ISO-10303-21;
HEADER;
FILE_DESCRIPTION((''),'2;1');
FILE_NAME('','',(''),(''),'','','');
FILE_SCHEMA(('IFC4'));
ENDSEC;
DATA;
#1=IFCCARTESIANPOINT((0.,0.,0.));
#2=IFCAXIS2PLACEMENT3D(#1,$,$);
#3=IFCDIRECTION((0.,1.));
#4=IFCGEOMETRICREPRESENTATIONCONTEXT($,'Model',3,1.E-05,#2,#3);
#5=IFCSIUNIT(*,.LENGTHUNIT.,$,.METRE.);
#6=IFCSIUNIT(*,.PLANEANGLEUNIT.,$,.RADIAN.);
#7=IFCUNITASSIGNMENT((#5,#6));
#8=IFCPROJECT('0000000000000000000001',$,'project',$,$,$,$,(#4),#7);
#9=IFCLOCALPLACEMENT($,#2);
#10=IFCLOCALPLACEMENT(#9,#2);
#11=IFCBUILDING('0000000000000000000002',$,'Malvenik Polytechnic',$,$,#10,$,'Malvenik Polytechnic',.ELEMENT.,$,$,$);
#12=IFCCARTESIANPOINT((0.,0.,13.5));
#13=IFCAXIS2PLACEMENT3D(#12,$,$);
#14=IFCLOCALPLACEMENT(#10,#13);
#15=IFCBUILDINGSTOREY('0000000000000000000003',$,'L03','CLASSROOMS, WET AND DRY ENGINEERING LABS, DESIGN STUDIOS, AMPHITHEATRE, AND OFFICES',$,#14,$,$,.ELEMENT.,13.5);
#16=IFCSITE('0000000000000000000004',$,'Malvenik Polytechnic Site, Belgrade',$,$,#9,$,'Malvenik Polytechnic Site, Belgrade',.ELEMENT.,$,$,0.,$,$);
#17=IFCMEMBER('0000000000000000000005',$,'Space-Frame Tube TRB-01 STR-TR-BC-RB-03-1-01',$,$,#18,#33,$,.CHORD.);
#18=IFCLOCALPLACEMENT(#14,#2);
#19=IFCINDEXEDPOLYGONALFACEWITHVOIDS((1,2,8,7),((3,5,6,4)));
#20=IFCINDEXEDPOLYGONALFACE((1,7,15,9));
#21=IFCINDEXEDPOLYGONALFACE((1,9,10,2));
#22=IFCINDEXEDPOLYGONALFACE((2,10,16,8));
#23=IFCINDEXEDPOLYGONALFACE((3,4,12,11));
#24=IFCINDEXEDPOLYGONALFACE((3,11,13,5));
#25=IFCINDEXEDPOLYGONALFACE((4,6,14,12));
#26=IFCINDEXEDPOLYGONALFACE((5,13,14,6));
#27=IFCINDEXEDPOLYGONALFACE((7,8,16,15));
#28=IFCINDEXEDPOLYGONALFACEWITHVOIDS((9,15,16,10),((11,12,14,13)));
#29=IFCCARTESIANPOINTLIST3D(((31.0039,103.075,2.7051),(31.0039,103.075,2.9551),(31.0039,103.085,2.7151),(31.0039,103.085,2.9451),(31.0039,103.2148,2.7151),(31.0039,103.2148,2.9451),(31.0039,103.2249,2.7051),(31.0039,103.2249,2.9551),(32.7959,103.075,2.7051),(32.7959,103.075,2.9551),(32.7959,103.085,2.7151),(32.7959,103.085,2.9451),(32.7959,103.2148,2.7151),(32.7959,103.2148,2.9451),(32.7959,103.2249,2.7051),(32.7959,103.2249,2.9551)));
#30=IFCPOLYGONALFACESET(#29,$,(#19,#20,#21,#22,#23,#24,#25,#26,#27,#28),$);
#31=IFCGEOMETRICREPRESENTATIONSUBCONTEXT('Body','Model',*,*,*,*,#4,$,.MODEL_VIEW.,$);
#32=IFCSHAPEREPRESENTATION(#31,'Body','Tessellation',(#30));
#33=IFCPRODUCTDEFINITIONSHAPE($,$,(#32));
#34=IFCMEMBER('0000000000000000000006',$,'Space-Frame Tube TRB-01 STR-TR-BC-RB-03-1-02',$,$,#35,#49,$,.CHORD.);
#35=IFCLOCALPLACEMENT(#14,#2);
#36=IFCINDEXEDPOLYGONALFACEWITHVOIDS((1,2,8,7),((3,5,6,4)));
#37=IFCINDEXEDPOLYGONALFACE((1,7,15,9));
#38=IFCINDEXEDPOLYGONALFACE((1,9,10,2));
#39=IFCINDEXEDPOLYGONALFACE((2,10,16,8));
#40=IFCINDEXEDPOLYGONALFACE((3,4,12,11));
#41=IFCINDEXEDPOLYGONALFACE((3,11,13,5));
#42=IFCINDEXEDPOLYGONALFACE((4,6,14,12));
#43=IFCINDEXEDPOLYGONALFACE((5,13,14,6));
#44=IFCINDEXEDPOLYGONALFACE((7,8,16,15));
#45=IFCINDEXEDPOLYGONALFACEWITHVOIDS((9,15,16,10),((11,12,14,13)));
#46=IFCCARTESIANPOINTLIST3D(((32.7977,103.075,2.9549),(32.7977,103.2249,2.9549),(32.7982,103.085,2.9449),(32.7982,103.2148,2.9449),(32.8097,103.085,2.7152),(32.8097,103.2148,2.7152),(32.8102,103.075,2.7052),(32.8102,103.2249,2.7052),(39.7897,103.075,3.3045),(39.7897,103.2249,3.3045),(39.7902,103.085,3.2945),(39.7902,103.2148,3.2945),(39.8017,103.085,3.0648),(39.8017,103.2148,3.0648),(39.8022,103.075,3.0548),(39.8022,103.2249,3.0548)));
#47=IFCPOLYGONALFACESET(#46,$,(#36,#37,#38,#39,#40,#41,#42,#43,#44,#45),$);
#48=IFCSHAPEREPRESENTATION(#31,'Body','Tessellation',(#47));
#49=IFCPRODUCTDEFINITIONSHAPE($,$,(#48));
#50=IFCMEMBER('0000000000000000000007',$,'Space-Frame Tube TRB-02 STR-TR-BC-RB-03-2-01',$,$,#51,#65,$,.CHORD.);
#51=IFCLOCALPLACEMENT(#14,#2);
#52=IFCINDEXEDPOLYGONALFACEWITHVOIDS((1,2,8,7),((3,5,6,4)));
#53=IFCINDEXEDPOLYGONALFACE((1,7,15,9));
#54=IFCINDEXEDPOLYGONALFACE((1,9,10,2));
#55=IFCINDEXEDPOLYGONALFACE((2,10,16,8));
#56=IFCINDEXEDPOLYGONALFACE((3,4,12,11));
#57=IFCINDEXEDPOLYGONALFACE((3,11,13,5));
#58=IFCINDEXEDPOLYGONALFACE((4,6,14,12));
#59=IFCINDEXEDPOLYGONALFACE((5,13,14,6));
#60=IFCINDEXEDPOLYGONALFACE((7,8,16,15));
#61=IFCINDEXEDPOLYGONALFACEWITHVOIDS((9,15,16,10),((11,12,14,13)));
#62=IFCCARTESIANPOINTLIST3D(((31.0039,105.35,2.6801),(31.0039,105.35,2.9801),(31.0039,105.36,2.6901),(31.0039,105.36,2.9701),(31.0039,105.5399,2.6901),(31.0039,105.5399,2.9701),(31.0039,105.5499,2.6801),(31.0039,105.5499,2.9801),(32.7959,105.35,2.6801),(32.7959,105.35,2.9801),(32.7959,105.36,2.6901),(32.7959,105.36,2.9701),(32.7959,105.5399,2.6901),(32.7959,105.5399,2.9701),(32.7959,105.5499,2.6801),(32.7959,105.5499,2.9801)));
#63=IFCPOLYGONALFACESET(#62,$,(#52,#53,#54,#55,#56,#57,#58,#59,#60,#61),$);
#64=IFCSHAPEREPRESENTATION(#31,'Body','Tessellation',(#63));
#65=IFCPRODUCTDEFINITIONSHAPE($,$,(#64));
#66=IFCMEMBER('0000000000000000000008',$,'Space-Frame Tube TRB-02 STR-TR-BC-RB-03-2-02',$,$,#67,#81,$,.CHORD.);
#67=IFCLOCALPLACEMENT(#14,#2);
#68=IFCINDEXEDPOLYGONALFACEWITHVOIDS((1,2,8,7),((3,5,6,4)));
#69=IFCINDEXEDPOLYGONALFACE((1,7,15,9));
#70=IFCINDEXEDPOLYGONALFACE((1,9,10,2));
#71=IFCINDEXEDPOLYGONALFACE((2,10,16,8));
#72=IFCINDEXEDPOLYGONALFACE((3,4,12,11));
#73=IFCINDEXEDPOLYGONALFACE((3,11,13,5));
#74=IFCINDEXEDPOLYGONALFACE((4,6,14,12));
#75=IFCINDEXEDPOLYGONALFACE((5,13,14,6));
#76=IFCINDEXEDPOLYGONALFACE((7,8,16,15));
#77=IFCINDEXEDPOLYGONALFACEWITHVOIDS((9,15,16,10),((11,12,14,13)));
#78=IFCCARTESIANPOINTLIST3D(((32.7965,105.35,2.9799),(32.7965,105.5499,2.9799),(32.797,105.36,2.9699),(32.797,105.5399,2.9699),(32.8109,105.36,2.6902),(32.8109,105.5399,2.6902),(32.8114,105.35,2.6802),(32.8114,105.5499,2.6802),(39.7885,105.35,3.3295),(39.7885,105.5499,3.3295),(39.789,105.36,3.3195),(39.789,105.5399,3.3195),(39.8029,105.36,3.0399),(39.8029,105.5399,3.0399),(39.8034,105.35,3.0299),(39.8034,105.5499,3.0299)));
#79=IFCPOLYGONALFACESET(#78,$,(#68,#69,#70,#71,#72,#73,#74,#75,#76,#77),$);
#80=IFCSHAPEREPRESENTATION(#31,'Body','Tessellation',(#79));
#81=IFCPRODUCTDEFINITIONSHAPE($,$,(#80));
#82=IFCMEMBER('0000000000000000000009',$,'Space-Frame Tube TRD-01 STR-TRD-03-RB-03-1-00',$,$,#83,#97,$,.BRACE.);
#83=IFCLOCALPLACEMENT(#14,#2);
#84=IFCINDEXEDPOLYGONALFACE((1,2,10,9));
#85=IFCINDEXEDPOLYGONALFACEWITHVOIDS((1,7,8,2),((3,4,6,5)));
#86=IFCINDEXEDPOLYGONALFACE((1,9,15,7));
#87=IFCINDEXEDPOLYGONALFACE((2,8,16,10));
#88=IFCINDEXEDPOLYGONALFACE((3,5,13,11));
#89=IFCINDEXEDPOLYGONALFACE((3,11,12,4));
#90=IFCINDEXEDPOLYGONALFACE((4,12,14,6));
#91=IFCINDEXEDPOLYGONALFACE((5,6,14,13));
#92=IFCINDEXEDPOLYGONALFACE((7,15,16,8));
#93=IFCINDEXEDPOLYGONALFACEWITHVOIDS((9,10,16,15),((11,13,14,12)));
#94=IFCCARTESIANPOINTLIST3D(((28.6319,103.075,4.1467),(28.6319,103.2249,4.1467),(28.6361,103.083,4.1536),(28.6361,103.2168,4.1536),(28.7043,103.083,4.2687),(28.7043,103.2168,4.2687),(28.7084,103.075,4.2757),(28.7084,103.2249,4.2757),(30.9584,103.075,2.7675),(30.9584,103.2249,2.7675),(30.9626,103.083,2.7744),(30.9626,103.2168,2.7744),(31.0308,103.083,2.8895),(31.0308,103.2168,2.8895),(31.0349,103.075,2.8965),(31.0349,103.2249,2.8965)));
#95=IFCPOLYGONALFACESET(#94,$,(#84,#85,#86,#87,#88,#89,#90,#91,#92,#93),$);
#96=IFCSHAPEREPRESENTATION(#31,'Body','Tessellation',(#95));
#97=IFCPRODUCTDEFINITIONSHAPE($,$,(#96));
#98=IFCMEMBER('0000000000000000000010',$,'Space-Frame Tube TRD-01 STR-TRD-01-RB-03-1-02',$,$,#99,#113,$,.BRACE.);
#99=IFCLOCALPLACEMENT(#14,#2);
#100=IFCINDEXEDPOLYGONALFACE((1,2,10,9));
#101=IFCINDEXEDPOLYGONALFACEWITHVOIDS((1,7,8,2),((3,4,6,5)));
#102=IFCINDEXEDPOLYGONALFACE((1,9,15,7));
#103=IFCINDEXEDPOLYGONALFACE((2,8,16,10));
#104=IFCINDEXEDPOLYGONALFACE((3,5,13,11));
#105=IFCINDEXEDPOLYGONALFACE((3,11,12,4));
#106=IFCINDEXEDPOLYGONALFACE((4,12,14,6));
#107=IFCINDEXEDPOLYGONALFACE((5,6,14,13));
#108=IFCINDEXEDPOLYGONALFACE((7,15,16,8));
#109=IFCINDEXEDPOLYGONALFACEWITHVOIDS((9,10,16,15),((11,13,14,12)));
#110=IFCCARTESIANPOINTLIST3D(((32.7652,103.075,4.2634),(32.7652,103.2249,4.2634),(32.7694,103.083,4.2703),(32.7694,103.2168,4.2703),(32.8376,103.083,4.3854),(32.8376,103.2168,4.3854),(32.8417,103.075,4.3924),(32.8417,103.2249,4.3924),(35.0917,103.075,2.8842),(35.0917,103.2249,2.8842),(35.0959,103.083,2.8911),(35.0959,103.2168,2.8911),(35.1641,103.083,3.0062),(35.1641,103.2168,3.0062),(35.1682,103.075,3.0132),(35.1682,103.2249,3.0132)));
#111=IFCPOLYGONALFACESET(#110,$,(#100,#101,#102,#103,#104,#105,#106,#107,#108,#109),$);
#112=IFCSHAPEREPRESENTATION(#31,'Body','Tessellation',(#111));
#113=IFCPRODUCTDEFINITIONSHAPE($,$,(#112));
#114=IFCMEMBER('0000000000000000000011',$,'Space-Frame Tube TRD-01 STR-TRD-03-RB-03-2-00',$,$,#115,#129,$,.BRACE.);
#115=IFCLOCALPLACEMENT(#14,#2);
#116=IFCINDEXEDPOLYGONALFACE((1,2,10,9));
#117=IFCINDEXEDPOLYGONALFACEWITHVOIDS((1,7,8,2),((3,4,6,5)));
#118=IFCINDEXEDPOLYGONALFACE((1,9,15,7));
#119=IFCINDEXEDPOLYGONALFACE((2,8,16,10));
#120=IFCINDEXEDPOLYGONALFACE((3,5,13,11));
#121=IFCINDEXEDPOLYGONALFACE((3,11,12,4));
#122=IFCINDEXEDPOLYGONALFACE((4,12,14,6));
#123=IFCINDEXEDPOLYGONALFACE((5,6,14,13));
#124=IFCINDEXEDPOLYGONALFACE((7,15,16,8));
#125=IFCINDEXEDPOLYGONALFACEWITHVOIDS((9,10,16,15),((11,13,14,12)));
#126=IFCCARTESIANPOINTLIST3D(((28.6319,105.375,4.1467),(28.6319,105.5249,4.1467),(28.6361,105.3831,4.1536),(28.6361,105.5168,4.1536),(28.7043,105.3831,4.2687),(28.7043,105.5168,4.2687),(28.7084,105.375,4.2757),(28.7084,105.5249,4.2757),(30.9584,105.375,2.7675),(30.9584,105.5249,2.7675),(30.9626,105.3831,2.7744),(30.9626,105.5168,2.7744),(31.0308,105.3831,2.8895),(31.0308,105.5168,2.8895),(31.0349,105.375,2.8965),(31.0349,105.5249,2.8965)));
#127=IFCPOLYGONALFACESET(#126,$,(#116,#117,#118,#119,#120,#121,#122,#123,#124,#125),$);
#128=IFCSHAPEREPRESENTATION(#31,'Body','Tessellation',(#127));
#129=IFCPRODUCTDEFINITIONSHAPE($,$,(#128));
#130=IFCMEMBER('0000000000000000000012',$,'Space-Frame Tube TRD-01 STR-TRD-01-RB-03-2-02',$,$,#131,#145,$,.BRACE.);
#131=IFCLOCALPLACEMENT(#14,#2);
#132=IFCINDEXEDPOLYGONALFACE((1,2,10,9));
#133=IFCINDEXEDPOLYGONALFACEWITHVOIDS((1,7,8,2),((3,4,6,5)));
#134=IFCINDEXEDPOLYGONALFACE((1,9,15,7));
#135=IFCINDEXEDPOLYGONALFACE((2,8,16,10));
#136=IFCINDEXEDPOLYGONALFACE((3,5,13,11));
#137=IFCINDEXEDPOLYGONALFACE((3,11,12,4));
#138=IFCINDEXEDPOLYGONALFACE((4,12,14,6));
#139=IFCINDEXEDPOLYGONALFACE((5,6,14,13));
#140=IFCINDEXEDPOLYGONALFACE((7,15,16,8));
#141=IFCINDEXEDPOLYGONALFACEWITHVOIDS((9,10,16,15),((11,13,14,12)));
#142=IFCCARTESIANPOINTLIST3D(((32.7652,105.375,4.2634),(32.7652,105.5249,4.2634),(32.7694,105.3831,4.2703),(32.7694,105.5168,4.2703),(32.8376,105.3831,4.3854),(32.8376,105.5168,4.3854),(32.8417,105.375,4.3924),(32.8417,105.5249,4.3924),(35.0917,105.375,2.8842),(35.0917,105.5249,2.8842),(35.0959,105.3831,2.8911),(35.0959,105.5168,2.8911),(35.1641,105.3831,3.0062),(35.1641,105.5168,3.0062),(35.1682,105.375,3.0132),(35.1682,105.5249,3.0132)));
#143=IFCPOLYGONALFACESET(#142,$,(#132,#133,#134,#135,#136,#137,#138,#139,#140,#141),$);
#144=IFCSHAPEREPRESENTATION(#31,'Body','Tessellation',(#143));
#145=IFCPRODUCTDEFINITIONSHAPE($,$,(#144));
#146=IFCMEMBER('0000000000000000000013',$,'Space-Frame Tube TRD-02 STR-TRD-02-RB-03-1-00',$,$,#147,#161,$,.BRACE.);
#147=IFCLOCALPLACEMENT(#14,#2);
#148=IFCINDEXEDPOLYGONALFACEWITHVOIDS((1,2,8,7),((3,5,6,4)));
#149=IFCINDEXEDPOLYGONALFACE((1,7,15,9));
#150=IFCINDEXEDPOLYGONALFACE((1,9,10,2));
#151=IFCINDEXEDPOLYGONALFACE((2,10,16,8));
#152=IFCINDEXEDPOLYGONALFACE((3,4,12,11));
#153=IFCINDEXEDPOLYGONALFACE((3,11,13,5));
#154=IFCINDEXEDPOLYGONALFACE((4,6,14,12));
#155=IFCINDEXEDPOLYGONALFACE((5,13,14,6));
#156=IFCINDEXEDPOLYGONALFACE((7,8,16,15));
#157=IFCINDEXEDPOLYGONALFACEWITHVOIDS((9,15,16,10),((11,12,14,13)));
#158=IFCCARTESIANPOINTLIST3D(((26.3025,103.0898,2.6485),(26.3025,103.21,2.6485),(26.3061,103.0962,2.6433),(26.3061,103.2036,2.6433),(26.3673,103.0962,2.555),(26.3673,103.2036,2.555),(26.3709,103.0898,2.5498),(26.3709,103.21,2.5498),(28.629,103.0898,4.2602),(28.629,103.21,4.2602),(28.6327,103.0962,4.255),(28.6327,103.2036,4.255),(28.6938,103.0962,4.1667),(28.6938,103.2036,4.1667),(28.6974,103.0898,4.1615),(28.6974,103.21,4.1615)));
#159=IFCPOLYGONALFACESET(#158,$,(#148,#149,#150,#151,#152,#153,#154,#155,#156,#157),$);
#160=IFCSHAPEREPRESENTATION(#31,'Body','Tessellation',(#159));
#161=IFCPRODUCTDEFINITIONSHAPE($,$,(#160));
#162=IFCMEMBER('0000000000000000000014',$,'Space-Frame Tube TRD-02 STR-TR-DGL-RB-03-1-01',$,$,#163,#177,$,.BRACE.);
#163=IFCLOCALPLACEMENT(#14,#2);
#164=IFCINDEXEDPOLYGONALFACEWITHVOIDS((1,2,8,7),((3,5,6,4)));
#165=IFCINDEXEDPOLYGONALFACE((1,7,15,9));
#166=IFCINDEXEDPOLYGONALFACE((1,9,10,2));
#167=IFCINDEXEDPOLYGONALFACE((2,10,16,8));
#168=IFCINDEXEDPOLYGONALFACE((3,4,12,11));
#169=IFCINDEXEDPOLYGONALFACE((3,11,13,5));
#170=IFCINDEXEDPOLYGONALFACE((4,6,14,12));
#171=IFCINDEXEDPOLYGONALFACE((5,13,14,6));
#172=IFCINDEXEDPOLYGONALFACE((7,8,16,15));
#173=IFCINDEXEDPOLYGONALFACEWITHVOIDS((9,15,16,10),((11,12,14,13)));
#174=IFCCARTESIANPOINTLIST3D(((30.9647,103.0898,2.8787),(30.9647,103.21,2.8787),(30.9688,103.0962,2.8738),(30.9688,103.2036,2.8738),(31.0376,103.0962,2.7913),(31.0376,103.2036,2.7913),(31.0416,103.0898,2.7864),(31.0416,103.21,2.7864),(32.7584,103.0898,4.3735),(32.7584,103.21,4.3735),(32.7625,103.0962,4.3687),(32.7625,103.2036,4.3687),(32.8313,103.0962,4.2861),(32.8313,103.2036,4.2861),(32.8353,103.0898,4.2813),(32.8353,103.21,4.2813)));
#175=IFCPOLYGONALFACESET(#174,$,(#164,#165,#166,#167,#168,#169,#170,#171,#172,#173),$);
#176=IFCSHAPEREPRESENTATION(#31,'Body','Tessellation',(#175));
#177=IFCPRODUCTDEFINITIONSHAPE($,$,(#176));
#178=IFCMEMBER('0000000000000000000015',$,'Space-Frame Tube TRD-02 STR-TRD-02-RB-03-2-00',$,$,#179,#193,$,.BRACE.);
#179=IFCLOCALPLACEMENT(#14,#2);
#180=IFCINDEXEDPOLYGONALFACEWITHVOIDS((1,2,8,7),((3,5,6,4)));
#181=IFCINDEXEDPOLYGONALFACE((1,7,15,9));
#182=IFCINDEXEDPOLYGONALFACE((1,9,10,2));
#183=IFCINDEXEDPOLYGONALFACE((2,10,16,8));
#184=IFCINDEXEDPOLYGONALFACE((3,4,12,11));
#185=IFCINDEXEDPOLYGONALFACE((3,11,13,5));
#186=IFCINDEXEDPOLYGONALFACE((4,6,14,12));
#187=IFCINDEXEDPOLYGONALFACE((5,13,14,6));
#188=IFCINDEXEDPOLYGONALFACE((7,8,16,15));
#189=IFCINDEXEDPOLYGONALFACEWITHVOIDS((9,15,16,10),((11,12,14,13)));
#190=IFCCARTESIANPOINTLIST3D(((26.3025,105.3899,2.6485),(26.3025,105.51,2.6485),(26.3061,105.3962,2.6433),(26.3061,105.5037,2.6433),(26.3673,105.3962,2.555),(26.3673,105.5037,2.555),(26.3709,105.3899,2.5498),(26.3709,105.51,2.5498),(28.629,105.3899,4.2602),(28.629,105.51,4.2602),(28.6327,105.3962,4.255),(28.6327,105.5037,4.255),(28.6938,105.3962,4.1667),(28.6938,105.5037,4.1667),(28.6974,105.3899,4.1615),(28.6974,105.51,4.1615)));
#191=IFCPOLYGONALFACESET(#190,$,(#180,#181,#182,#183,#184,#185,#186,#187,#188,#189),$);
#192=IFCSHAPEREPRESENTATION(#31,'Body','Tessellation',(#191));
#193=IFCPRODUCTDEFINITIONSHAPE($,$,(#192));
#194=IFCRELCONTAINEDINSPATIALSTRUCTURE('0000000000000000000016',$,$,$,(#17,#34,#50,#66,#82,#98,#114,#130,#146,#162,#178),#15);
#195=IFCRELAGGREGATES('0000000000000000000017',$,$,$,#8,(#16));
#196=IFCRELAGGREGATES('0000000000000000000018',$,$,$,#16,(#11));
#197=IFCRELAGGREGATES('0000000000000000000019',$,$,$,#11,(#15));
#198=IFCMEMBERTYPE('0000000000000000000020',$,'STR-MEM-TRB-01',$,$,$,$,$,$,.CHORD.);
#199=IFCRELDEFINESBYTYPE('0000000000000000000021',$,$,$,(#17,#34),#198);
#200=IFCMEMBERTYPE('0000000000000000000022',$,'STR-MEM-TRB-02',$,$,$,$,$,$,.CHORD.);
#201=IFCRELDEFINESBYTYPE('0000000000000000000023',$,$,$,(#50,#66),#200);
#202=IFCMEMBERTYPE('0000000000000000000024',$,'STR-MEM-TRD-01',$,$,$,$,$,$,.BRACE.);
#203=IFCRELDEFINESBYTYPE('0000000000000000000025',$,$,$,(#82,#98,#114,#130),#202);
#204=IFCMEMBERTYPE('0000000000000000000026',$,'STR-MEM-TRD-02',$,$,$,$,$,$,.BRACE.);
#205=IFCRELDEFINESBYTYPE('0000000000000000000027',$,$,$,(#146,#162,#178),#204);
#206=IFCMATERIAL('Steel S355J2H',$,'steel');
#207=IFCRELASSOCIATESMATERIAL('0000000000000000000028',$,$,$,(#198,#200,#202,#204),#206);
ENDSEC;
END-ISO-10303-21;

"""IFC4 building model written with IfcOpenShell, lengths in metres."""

from ifc_helpers import new_model, si_unit, direction, frame, origin, origin_2d, place, context, subcontext, project, spatial, hollow_rectangle, extrude, material, material_profile, profile_set, type_object, element, save


model = new_model("IFC4")

# Units and contexts
model_context = context("Model", 3, precision=1e-05, world=origin(), true_north=direction((0.0, 1.0)))
body_context = subcontext(model_context, "Body", "Model", "MODEL_VIEW")
ifc_project = project(units=[si_unit("LENGTHUNIT", "METRE"), si_unit("PLANEANGLEUNIT", "RADIAN")], contexts=[model_context])

# Site, building, storey
site_placement = place(None, origin())
site = spatial("IfcSite", under=ifc_project, at=site_placement, Name="Malvenik Polytechnic Site, Belgrade", LongName="Malvenik Polytechnic Site, Belgrade", CompositionType="ELEMENT", RefElevation=0.0)
building_placement = place(site_placement, origin())
building = spatial("IfcBuilding", under=site, at=building_placement, Name="Malvenik Polytechnic", LongName="Malvenik Polytechnic", CompositionType="ELEMENT")
storey_placement = place(building_placement, frame((0.0, 0.0, 13.5)))
storey = spatial("IfcBuildingStorey", under=building, at=storey_placement, Name="L03", Description="CLASSROOMS, WET AND DRY ENGINEERING LABS, DESIGN STUDIOS, AMPHITHEATRE, AND OFFICES", CompositionType="ELEMENT", Elevation=13.5)

# Shared definitions
ifc_material_1 = material(Name="Steel S355J2H", Category="steel")

# Members
ifc_material_profile_1 = material_profile(ifc_material_1, hollow_rectangle(XDim=0.1499, YDim=0.25, WallThickness=0.01, at=origin_2d()), Name="RHS 250x150x10.0")
ifc_profile_set_1 = profile_set([ifc_material_profile_1], Name="Steel S355J2H")
member_type_1 = type_object("IfcMemberType", Name="STR-MEM-TRB-01", PredefinedType="CHORD", material=ifc_profile_set_1)
member_1_placement = place(storey_placement, frame((31.0039, 103.1499, 2.8301), z_axis=(1.0, 0.0, 0.0), x_axis=(0.0, 1.0, 0.0)))
element("IfcMember", 1, at=member_1_placement, inside=storey, type_object=member_type_1, Name="Space-Frame Tube TRB-01 STR-TR-BC-RB-03-1-01", PredefinedType="CHORD", context=body_context, shape_type="SweptSolid", body=[
    extrude(hollow_rectangle(XDim=0.1499, YDim=0.25, WallThickness=0.01, at=origin_2d()), origin(), (0.0, 0.0, 1.0), 1.792),
])
member_2_placement = place(storey_placement, frame((32.804, 103.1499, 2.8301), z_axis=(0.998752, 0.0, 0.049939), x_axis=(0.0, 1.0, 0.0)))
element("IfcMember", 2, at=member_2_placement, inside=storey, type_object=member_type_1, Name="Space-Frame Tube TRB-01 STR-TR-BC-RB-03-1-02", PredefinedType="CHORD", context=body_context, shape_type="SweptSolid", body=[
    extrude(hollow_rectangle(XDim=0.1499, YDim=0.25, WallThickness=0.01, at=origin_2d()), origin(), (0.0, 0.0, 1.0), 7.0007),
])
ifc_material_profile_2 = material_profile(ifc_material_1, hollow_rectangle(XDim=0.2, YDim=0.3, WallThickness=0.01, at=origin_2d()), Name="RHS 300x200x10.0")
ifc_profile_set_2 = profile_set([ifc_material_profile_2], Name="Steel S355J2H")
member_type_2 = type_object("IfcMemberType", Name="STR-MEM-TRB-02", PredefinedType="CHORD", material=ifc_profile_set_2)
member_3_placement = place(storey_placement, frame((31.0039, 105.45, 2.8301), z_axis=(1.0, 0.0, 0.0), x_axis=(0.0, 1.0, 0.0)))
element("IfcMember", 3, at=member_3_placement, inside=storey, type_object=member_type_2, Name="Space-Frame Tube TRB-02 STR-TR-BC-RB-03-2-01", PredefinedType="CHORD", context=body_context, shape_type="SweptSolid", body=[
    extrude(hollow_rectangle(XDim=0.2, YDim=0.3, WallThickness=0.01, at=origin_2d()), origin(), (0.0, 0.0, 1.0), 1.792),
])
member_4_placement = place(storey_placement, frame((32.804, 105.45, 2.8301), z_axis=(0.998752, 0.0, 0.049939), x_axis=(0.0, 1.0, 0.0)))
element("IfcMember", 4, at=member_4_placement, inside=storey, type_object=member_type_2, Name="Space-Frame Tube TRB-02 STR-TR-BC-RB-03-2-02", PredefinedType="CHORD", context=body_context, shape_type="SweptSolid", body=[
    extrude(hollow_rectangle(XDim=0.2, YDim=0.3, WallThickness=0.01, at=origin_2d()), origin(), (0.0, 0.0, 1.0), 7.0007),
])
ifc_material_profile_3 = material_profile(ifc_material_1, hollow_rectangle(XDim=0.1499, YDim=0.1499, WallThickness=0.0081, at=origin_2d()), Name="SHS 150x150x8.0")
ifc_profile_set_3 = profile_set([ifc_material_profile_3], Name="Steel S355J2H")
member_type_3 = type_object("IfcMemberType", Name="STR-MEM-TRD-01", PredefinedType="BRACE", material=ifc_profile_set_3)
for number, where, z_axis, x_axis, name in (
    (5, (28.6702, 103.1499, 4.2112), (0.860205, 0.0, -0.509948), (0.0, 1.0, 0.0), "Space-Frame Tube TRD-01 STR-TRD-03-RB-03-1-00"),
    (6, (32.8035, 103.1499, 4.3279), (0.860205, 0.0, -0.509948), (0.0, 1.0, 0.0), "Space-Frame Tube TRD-01 STR-TRD-01-RB-03-1-02"),
    (7, (28.6702, 105.45, 4.2112), (0.860205, 0.0, -0.509948), (0.0, 1.0, 0.0), "Space-Frame Tube TRD-01 STR-TRD-03-RB-03-2-00"),
    (8, (32.8035, 105.45, 4.3279), (0.860205, 0.0, -0.509948), (0.0, 1.0, 0.0), "Space-Frame Tube TRD-01 STR-TRD-01-RB-03-2-02"),
):
    element("IfcMember", number, at=place(storey_placement, frame(where, z_axis=z_axis, x_axis=x_axis)), inside=storey, type_object=member_type_3, Name=name, PredefinedType="BRACE", context=body_context, shape_type="SweptSolid", body=[
        extrude(hollow_rectangle(XDim=0.1499, YDim=0.1499, WallThickness=0.0081, at=origin_2d()), origin(), (0.0, 0.0, 1.0), 2.7046),
    ])
ifc_material_profile_4 = material_profile(ifc_material_1, hollow_rectangle(XDim=0.1201, YDim=0.1201, WallThickness=0.0063, at=origin_2d()), Name="SHS 120x120x6.3")
ifc_profile_set_4 = profile_set([ifc_material_profile_4], Name="Steel S355J2H")
member_type_4 = type_object("IfcMemberType", Name="STR-MEM-TRD-02", PredefinedType="BRACE", material=ifc_profile_set_4)
member_5_placement = place(storey_placement, frame((26.3367, 103.1499, 2.5991), z_axis=(0.822018, 0.0, 0.569461), x_axis=(0.0, 1.0, 0.0)))
element("IfcMember", 9, at=member_5_placement, inside=storey, type_object=member_type_4, Name="Space-Frame Tube TRD-02 STR-TRD-02-RB-03-1-00", PredefinedType="BRACE", context=body_context, shape_type="SweptSolid", body=[
    extrude(hollow_rectangle(XDim=0.1201, YDim=0.1201, WallThickness=0.0063, at=origin_2d()), origin(), (0.0, 0.0, 1.0), 2.8303),
])
member_6_placement = place(storey_placement, frame((31.0032, 103.1499, 2.8325), z_axis=(0.768196, 0.0, 0.640215), x_axis=(0.0, 1.0, 0.0)))
element("IfcMember", 10, at=member_6_placement, inside=storey, type_object=member_type_4, Name="Space-Frame Tube TRD-02 STR-TR-DGL-RB-03-1-01", PredefinedType="BRACE", context=body_context, shape_type="SweptSolid", body=[
    extrude(hollow_rectangle(XDim=0.1201, YDim=0.1201, WallThickness=0.0063, at=origin_2d()), origin(), (0.0, 0.0, 1.0), 2.335),
])
member_7_placement = place(storey_placement, frame((26.3367, 105.45, 2.5991), z_axis=(0.822018, 0.0, 0.569461), x_axis=(0.0, 1.0, 0.0)))
element("IfcMember", 11, at=member_7_placement, inside=storey, type_object=member_type_4, Name="Space-Frame Tube TRD-02 STR-TRD-02-RB-03-2-00", PredefinedType="BRACE", context=body_context, shape_type="SweptSolid", body=[
    extrude(hollow_rectangle(XDim=0.1201, YDim=0.1201, WallThickness=0.0063, at=origin_2d()), origin(), (0.0, 0.0, 1.0), 2.8303),
])

save(model, "model.ifc")
